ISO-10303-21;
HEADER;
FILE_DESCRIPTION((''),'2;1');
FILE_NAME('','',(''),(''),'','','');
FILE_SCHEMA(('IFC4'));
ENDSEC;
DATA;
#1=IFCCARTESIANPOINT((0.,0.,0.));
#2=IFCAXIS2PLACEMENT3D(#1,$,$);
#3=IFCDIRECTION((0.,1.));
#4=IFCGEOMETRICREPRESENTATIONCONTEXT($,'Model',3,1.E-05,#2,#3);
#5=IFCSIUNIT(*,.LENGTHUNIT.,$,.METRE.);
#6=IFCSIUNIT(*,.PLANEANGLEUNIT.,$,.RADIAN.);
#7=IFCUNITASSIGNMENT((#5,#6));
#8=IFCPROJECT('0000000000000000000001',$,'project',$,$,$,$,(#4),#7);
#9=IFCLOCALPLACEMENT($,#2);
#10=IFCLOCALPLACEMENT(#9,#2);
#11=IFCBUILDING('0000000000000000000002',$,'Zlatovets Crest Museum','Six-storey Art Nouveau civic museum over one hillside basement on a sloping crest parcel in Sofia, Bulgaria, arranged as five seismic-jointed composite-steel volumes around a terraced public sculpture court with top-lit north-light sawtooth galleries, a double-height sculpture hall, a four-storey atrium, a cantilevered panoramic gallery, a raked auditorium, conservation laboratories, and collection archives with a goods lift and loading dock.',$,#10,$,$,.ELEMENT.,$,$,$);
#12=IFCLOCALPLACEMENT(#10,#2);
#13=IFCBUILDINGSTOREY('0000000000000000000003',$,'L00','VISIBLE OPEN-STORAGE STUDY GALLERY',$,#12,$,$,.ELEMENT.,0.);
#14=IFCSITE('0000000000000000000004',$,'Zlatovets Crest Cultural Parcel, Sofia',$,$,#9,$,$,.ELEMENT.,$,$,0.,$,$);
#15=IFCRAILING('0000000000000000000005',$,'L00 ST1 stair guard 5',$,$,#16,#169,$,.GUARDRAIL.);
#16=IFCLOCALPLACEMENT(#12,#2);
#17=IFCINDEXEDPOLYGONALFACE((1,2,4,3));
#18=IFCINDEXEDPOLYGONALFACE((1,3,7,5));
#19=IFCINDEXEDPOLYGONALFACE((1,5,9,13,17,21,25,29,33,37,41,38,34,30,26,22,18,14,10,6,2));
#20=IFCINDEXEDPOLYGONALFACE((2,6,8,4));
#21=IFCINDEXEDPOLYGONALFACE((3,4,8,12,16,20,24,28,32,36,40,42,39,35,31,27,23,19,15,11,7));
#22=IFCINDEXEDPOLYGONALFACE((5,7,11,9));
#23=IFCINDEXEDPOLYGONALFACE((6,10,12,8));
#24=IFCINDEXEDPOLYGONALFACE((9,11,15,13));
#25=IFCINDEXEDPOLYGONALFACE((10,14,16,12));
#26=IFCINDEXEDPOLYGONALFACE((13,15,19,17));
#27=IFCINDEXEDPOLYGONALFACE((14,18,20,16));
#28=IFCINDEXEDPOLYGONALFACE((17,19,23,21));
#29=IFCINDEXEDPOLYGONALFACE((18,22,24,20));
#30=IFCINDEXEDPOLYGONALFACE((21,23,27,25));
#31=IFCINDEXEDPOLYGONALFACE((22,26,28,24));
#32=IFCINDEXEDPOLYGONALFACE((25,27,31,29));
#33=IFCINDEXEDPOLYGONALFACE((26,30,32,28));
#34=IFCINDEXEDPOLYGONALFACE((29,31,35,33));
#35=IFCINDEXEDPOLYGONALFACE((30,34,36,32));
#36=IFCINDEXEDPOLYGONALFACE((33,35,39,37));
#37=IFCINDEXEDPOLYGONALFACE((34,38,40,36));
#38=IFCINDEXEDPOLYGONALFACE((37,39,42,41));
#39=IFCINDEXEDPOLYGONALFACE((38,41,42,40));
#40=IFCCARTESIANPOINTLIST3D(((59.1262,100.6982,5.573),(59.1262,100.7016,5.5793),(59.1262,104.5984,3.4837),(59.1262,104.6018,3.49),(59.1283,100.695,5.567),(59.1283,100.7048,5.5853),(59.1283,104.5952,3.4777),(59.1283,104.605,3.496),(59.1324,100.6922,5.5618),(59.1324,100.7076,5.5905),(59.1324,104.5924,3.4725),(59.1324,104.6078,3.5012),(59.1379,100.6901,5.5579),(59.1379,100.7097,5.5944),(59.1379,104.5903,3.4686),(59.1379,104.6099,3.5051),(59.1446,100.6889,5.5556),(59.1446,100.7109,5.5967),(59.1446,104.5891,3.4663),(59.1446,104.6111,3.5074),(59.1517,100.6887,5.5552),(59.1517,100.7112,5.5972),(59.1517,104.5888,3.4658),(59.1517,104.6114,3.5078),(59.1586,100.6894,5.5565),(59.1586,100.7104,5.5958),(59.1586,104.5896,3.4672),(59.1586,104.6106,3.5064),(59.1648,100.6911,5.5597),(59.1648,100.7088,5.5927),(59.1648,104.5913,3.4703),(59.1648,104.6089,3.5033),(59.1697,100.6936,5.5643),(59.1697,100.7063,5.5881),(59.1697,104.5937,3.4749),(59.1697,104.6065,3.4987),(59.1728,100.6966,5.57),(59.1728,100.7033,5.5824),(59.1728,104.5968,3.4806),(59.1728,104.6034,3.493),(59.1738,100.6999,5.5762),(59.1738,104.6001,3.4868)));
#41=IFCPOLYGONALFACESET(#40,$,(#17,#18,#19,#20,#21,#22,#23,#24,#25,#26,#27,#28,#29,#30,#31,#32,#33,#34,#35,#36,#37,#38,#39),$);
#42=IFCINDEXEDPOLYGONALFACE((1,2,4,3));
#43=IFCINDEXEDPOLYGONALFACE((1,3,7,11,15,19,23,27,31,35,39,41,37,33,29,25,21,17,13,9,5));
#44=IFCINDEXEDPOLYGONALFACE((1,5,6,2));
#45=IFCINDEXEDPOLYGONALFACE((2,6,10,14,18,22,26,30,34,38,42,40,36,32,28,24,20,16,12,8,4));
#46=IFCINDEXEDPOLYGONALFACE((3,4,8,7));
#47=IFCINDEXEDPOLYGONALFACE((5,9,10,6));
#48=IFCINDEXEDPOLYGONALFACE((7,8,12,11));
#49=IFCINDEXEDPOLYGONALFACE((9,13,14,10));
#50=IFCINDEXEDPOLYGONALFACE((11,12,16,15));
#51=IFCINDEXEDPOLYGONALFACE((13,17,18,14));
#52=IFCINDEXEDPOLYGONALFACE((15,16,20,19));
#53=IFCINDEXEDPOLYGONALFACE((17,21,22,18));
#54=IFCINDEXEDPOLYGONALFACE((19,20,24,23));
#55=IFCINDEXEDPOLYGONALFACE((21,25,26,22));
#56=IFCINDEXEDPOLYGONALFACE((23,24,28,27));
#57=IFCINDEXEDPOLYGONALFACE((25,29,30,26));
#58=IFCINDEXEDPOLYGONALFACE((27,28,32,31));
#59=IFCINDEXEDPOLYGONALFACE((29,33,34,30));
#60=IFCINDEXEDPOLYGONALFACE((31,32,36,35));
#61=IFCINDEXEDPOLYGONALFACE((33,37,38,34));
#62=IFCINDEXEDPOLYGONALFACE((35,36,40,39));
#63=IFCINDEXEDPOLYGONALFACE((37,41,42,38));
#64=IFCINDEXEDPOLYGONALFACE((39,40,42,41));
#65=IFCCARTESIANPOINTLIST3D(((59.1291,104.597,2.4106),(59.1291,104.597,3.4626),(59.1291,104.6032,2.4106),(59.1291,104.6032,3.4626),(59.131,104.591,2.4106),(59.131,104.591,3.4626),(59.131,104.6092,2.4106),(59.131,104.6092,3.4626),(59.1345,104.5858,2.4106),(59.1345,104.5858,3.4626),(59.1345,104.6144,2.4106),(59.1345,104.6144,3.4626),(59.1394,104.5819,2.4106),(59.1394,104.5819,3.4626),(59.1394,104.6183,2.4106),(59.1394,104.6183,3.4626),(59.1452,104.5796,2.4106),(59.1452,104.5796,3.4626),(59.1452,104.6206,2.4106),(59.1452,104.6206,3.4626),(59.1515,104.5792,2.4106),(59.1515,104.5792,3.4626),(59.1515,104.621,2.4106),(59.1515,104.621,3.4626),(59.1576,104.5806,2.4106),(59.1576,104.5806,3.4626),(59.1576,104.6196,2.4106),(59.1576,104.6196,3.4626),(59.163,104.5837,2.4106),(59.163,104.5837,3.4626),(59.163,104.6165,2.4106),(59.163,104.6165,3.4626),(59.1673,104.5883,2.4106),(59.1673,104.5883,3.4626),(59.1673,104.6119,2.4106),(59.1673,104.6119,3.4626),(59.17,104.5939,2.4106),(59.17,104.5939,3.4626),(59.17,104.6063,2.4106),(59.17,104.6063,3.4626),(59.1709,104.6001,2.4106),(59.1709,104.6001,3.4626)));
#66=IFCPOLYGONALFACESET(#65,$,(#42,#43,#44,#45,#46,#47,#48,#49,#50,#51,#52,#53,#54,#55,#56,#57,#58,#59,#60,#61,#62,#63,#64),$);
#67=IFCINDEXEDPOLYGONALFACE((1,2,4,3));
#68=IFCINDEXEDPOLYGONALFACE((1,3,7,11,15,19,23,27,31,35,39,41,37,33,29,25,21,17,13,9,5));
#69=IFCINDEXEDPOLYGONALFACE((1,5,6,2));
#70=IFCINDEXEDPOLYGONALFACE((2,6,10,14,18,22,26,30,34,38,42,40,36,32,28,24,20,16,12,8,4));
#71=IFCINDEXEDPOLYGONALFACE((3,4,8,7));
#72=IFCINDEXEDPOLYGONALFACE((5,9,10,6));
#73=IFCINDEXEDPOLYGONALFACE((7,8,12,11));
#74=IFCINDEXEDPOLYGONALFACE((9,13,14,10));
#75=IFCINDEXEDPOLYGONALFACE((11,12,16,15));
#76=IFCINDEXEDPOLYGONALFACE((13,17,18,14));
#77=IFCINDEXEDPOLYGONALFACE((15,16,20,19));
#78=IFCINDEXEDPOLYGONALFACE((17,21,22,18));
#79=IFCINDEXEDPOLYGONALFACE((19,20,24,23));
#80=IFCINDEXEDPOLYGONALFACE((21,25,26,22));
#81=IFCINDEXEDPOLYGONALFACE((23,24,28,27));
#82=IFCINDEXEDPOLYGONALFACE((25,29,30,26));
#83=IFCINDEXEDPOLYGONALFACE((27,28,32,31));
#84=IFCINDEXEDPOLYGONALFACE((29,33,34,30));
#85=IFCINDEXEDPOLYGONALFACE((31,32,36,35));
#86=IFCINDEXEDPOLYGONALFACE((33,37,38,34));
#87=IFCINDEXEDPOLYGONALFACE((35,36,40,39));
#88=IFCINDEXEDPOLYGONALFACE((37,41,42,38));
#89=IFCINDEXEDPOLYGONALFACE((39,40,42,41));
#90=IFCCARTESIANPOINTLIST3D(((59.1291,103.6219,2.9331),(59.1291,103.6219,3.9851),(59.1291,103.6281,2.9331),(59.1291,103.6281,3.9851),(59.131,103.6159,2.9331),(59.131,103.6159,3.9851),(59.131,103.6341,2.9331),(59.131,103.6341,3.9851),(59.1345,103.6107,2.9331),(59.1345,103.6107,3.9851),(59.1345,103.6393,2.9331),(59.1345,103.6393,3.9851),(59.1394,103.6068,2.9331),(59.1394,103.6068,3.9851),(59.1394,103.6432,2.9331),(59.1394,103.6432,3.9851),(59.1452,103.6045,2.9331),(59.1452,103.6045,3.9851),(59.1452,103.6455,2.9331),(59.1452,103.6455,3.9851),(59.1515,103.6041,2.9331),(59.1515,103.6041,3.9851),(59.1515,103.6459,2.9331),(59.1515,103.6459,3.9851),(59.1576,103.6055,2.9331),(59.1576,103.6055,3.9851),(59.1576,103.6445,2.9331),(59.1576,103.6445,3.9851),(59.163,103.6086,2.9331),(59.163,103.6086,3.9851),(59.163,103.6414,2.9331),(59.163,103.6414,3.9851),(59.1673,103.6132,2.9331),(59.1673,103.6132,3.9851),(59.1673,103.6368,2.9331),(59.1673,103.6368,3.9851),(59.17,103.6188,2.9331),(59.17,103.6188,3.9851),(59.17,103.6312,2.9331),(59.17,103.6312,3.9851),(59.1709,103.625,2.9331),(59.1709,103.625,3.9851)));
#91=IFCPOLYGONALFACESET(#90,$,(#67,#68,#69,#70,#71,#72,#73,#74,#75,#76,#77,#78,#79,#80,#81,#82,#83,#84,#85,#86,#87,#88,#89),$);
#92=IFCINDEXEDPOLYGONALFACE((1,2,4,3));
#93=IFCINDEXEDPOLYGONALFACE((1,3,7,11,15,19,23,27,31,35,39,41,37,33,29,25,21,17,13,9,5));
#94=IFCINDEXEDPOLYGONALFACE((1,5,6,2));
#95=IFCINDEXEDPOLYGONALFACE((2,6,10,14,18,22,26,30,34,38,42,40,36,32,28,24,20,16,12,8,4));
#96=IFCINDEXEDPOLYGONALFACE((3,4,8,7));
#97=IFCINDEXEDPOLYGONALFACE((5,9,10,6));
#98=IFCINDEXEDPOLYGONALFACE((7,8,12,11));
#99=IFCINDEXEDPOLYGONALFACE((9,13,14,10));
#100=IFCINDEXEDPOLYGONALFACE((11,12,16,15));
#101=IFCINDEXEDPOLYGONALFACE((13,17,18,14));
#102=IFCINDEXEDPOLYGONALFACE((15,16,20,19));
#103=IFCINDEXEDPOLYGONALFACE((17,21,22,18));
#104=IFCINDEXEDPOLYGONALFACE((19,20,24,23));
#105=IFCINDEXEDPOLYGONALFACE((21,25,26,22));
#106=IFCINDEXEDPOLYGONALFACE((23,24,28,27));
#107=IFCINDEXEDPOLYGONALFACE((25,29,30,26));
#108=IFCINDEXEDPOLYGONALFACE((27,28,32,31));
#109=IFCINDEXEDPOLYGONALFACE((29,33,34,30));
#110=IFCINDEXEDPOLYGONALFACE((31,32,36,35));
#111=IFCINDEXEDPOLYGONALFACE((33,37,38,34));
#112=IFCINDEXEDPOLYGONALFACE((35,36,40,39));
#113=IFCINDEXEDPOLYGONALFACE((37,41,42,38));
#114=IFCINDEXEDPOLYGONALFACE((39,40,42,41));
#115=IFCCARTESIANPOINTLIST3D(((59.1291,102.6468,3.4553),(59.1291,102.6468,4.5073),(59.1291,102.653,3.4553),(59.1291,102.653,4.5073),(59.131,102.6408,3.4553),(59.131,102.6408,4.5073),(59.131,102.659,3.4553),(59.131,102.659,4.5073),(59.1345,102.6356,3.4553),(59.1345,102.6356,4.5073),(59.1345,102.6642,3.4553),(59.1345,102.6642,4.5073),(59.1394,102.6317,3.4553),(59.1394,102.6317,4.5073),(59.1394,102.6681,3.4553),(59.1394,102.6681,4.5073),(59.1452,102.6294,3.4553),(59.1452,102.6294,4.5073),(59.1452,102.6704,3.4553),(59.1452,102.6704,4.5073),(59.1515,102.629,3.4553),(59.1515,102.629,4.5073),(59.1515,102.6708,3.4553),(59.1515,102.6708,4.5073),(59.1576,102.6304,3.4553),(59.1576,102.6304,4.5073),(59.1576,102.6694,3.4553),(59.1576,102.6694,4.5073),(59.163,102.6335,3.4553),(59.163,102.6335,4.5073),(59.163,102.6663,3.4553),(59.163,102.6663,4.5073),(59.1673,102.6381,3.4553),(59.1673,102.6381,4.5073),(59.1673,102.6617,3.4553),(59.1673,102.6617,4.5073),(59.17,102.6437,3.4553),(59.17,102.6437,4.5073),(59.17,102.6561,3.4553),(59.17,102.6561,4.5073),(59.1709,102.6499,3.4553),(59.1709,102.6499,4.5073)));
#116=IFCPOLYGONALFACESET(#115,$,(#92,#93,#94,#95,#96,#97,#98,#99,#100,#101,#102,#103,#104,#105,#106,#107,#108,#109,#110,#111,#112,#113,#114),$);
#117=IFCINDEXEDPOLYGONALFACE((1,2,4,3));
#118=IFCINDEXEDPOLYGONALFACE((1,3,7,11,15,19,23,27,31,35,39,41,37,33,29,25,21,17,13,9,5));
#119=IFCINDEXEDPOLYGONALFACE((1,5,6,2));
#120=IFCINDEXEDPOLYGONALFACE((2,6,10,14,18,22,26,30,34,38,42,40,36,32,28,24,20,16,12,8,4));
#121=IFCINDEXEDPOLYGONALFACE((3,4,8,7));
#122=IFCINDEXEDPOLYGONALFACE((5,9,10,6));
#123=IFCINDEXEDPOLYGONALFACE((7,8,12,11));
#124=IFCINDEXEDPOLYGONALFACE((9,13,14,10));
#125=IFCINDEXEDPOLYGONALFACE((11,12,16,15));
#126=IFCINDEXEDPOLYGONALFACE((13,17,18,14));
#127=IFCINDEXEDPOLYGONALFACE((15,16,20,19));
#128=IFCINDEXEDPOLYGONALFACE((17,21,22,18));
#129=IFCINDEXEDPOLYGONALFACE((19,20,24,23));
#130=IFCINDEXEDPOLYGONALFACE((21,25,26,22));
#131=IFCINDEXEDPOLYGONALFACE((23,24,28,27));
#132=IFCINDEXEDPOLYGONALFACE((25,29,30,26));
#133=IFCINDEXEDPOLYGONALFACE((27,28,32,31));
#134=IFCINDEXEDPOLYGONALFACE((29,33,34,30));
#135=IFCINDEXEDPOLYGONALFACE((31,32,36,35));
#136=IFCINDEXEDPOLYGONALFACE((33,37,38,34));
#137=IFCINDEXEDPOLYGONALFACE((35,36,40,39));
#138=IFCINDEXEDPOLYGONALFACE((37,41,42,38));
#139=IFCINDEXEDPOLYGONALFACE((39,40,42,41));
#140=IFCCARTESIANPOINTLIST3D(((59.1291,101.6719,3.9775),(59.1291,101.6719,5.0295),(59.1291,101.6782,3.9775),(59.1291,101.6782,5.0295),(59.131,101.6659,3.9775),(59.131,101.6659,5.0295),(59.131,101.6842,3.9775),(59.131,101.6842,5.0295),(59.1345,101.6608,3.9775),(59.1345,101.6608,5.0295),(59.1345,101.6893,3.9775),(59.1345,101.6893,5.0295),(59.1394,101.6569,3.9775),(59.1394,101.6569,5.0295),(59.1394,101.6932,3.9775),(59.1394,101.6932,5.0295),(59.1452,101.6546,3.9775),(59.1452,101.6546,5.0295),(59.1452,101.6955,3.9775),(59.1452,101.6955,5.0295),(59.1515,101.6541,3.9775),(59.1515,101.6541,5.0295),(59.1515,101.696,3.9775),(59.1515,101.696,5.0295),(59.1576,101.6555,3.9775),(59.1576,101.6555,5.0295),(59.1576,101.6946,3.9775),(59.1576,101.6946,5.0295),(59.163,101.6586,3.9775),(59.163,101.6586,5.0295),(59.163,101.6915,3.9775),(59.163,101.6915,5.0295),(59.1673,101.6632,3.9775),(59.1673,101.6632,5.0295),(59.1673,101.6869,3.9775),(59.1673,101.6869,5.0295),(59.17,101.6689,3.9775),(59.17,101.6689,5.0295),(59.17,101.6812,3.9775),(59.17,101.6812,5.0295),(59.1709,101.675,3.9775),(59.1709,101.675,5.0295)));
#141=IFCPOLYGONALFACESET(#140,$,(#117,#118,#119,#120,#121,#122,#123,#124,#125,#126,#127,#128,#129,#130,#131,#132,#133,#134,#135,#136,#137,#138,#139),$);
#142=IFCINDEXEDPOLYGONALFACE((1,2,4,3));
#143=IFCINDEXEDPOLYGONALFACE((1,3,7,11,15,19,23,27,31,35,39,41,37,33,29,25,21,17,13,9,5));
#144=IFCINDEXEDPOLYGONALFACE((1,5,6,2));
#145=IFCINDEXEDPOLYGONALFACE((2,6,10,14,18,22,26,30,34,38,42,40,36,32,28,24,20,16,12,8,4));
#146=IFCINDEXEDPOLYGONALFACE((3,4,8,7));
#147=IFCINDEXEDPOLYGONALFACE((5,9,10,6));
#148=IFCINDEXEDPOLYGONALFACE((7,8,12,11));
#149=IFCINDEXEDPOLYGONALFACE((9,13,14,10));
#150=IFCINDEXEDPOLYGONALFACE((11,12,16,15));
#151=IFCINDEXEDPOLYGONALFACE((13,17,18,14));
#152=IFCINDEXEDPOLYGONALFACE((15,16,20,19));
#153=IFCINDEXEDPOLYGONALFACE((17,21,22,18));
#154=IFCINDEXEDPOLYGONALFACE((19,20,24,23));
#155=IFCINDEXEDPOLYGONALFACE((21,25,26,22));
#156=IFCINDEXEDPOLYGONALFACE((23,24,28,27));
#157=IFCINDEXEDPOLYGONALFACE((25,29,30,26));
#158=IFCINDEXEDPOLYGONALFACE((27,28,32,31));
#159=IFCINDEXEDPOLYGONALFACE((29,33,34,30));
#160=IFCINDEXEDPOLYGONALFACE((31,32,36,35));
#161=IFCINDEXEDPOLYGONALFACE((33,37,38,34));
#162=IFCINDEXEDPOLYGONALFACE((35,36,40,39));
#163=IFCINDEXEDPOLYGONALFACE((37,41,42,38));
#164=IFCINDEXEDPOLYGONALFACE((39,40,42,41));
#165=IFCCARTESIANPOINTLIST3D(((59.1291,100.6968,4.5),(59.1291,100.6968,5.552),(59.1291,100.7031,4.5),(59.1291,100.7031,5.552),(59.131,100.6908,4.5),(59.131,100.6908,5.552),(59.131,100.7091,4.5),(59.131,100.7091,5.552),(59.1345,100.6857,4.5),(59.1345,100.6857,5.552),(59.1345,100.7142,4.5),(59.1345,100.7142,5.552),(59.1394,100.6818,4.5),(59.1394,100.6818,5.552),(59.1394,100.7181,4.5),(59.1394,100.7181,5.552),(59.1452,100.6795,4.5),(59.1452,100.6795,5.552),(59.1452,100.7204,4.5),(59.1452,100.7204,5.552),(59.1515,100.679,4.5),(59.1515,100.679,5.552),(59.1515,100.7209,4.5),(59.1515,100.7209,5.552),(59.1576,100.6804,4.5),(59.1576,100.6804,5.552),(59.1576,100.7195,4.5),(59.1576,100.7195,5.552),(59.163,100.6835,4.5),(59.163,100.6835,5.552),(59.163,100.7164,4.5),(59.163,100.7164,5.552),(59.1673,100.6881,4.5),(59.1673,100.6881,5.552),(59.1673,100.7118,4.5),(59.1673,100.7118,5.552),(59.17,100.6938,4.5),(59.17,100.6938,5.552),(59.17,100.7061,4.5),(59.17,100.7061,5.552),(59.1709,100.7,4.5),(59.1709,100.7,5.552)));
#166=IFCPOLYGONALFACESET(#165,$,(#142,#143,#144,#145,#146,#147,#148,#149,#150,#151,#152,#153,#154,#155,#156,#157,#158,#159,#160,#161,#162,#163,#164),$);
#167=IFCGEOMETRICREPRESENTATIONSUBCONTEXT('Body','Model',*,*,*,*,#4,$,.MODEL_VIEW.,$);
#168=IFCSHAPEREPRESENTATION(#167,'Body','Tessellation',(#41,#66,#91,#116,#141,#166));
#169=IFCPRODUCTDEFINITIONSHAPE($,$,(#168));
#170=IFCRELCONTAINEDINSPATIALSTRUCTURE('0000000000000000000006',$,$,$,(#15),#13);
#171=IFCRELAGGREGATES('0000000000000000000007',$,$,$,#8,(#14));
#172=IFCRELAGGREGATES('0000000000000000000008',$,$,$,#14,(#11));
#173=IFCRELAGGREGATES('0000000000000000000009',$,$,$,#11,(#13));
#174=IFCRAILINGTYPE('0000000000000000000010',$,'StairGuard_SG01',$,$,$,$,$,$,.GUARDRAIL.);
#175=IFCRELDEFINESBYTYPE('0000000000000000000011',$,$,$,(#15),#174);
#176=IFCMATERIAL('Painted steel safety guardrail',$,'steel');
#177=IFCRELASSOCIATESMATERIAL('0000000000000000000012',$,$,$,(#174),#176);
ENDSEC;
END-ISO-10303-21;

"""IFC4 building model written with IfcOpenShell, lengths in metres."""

from ifc_helpers import new_model, si_unit, direction, frame, origin, origin_2d, place, context, subcontext, project, spatial, circle, extrude, material, type_object, element, save


model = new_model("IFC4")

# Units and contexts
model_context = context("Model", 3, precision=1e-05, world=origin(), true_north=direction((0.0, 1.0)))
body_context = subcontext(model_context, "Body", "Model", "MODEL_VIEW")
ifc_project = project(units=[si_unit("LENGTHUNIT", "METRE"), si_unit("PLANEANGLEUNIT", "RADIAN")], contexts=[model_context])

# Site, building, storey
site_placement = place(None, origin())
site = spatial("IfcSite", under=ifc_project, at=site_placement, Name="Zlatovets Crest Cultural Parcel, Sofia", CompositionType="ELEMENT", RefElevation=0.0)
building_placement = place(site_placement, origin())
building = spatial("IfcBuilding", under=site, at=building_placement, Name="Zlatovets Crest Museum", Description="Six-storey Art Nouveau civic museum over one hillside basement on a sloping crest parcel in Sofia, Bulgaria, arranged as five seismic-jointed composite-steel volumes around a terraced public sculpture court with top-lit north-light sawtooth galleries, a double-height sculpture hall, a four-storey atrium, a cantilevered panoramic gallery, a raked auditorium, conservation laboratories, and collection archives with a goods lift and loading dock.", CompositionType="ELEMENT")
storey_placement = place(building_placement, origin())
storey = spatial("IfcBuildingStorey", under=building, at=storey_placement, Name="L00", Description="VISIBLE OPEN-STORAGE STUDY GALLERY", CompositionType="ELEMENT", Elevation=0.0)

# Railing
ifc_material_1 = material(Name="Painted steel safety guardrail", Category="steel")
railing_type_1 = type_object("IfcRailingType", Name="StairGuard_SG01", PredefinedType="GUARDRAIL", material=ifc_material_1)
railing_1_placement = place(storey_placement, frame((59.1499, 104.6001, 2.4106)))
element("IfcRailing", 1, at=railing_1_placement, inside=storey, type_object=railing_type_1, Name="L00 ST1 stair guard 5", PredefinedType="GUARDRAIL", context=body_context, shape_type="SweptSolid", body=[
    extrude(circle(Radius=0.0239, at=origin_2d()), frame((0.0, 0.0, 1.0762), z_axis=(0.0, -0.881481, 0.47222), x_axis=(1.0, 0.0, 0.0)), (0.0, 0.0, 1.0), 4.4246),
    extrude(circle(Radius=0.021, at=origin_2d()), origin(), (0.0, 0.0, 1.0), 1.052),
    extrude(circle(Radius=0.021, at=origin_2d()), frame((0.0, -0.9751, 0.5225)), (0.0, 0.0, 1.0), 1.052),
    extrude(circle(Radius=0.021, at=origin_2d()), frame((0.0, -1.9502, 1.0447)), (0.0, 0.0, 1.0), 1.052),
    extrude(circle(Radius=0.021, at=origin_2d()), frame((0.0, -2.925, 1.5669)), (0.0, 0.0, 1.0), 1.052),
    extrude(circle(Radius=0.021, at=origin_2d()), frame((0.0, -3.9001, 2.0894)), (0.0, 0.0, 1.0), 1.052),
])

save(model, "model.ifc")
